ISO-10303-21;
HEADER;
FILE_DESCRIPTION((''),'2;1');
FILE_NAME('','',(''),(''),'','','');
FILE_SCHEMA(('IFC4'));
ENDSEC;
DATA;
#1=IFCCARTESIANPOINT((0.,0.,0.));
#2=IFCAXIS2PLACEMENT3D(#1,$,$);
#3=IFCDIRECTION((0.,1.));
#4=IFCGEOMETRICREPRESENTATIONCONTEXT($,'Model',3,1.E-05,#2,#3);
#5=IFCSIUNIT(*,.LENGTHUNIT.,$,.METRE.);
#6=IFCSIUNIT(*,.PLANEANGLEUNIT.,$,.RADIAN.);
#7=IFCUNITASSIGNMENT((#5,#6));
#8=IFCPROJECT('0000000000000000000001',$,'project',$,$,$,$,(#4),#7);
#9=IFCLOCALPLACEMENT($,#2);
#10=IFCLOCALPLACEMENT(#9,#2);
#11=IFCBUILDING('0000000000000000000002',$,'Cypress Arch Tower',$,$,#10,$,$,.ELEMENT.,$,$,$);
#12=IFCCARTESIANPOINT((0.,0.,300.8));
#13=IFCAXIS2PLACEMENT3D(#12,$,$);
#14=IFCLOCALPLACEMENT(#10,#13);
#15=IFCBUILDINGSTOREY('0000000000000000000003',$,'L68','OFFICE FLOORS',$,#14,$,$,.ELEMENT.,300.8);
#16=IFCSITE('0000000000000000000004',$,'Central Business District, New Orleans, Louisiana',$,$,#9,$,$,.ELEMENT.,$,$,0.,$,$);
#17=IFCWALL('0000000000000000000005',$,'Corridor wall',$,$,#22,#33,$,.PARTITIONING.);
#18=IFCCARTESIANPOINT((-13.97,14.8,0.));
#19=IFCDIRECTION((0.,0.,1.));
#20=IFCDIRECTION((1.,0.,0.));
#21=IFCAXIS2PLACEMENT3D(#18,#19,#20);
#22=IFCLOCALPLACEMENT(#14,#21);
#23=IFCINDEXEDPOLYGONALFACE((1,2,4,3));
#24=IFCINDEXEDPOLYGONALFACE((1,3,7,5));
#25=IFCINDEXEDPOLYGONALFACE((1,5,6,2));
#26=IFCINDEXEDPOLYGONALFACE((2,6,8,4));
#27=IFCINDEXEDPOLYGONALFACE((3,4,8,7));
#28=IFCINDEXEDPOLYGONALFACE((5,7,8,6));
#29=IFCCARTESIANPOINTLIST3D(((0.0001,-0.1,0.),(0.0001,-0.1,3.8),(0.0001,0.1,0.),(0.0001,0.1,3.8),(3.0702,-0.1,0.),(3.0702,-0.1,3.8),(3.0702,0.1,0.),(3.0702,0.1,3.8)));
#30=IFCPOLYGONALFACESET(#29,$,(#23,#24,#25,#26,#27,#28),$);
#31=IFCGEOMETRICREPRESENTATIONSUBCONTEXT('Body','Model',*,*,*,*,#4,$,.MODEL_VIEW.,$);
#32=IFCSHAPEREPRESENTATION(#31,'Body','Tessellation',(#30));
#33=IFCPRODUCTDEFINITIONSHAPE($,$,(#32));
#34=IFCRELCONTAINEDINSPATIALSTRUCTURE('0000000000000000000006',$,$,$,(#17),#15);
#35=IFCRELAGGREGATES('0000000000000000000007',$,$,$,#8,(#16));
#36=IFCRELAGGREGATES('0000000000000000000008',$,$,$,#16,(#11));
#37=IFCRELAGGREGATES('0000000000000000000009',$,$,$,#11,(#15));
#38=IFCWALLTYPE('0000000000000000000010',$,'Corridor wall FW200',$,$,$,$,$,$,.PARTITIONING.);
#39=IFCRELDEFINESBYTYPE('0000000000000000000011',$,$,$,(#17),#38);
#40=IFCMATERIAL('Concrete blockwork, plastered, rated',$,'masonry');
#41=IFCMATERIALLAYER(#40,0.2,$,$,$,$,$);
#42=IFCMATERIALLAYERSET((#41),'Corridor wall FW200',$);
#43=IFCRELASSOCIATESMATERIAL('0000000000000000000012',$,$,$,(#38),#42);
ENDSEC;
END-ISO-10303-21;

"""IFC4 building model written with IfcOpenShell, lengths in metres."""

from ifc_helpers import new_model, si_unit, direction, frame, frame_2d, origin, place, context, subcontext, project, spatial, rectangle, extrude, material, layer, layer_set, type_object, element, save


model = new_model("IFC4")

# Units and contexts
model_context = context("Model", 3, precision=1e-05, world=origin(), true_north=direction((0.0, 1.0)))
body_context = subcontext(model_context, "Body", "Model", "MODEL_VIEW")
ifc_project = project(units=[si_unit("LENGTHUNIT", "METRE"), si_unit("PLANEANGLEUNIT", "RADIAN")], contexts=[model_context])

# Site, building, storey
site_placement = place(None, origin())
site = spatial("IfcSite", under=ifc_project, at=site_placement, Name="Central Business District, New Orleans, Louisiana", CompositionType="ELEMENT", RefElevation=0.0)
building_placement = place(site_placement, origin())
building = spatial("IfcBuilding", under=site, at=building_placement, Name="Cypress Arch Tower", CompositionType="ELEMENT")
storey_placement = place(building_placement, frame((0.0, 0.0, 300.8)))
storey = spatial("IfcBuildingStorey", under=building, at=storey_placement, Name="L68", Description="OFFICE FLOORS", CompositionType="ELEMENT", Elevation=300.8)

# Wall
ifc_material_1 = material(Name="Concrete blockwork, plastered, rated", Category="masonry")
ifc_layer_1 = layer(ifc_material_1, 0.2)
ifc_layer_set_1 = layer_set([ifc_layer_1], Name="Corridor wall FW200")
wall_type_1 = type_object("IfcWallType", Name="Corridor wall FW200", PredefinedType="PARTITIONING", material=ifc_layer_set_1)
wall_1_placement = place(storey_placement, frame((-13.97, 14.8, 0.0), z_axis=(0.0, 0.0, 1.0), x_axis=(1.0, 0.0, 0.0)))
element("IfcWall", 1, at=wall_1_placement, inside=storey, type_object=wall_type_1, Name="Corridor wall", PredefinedType="PARTITIONING", context=body_context, shape_type="SweptSolid", body=[
    extrude(rectangle(XDim=3.0701, YDim=0.2, at=frame_2d((1.5352, 0.0))), origin(), (0.0, 0.0, 1.0), 3.8),
])

save(model, "model.ifc")
